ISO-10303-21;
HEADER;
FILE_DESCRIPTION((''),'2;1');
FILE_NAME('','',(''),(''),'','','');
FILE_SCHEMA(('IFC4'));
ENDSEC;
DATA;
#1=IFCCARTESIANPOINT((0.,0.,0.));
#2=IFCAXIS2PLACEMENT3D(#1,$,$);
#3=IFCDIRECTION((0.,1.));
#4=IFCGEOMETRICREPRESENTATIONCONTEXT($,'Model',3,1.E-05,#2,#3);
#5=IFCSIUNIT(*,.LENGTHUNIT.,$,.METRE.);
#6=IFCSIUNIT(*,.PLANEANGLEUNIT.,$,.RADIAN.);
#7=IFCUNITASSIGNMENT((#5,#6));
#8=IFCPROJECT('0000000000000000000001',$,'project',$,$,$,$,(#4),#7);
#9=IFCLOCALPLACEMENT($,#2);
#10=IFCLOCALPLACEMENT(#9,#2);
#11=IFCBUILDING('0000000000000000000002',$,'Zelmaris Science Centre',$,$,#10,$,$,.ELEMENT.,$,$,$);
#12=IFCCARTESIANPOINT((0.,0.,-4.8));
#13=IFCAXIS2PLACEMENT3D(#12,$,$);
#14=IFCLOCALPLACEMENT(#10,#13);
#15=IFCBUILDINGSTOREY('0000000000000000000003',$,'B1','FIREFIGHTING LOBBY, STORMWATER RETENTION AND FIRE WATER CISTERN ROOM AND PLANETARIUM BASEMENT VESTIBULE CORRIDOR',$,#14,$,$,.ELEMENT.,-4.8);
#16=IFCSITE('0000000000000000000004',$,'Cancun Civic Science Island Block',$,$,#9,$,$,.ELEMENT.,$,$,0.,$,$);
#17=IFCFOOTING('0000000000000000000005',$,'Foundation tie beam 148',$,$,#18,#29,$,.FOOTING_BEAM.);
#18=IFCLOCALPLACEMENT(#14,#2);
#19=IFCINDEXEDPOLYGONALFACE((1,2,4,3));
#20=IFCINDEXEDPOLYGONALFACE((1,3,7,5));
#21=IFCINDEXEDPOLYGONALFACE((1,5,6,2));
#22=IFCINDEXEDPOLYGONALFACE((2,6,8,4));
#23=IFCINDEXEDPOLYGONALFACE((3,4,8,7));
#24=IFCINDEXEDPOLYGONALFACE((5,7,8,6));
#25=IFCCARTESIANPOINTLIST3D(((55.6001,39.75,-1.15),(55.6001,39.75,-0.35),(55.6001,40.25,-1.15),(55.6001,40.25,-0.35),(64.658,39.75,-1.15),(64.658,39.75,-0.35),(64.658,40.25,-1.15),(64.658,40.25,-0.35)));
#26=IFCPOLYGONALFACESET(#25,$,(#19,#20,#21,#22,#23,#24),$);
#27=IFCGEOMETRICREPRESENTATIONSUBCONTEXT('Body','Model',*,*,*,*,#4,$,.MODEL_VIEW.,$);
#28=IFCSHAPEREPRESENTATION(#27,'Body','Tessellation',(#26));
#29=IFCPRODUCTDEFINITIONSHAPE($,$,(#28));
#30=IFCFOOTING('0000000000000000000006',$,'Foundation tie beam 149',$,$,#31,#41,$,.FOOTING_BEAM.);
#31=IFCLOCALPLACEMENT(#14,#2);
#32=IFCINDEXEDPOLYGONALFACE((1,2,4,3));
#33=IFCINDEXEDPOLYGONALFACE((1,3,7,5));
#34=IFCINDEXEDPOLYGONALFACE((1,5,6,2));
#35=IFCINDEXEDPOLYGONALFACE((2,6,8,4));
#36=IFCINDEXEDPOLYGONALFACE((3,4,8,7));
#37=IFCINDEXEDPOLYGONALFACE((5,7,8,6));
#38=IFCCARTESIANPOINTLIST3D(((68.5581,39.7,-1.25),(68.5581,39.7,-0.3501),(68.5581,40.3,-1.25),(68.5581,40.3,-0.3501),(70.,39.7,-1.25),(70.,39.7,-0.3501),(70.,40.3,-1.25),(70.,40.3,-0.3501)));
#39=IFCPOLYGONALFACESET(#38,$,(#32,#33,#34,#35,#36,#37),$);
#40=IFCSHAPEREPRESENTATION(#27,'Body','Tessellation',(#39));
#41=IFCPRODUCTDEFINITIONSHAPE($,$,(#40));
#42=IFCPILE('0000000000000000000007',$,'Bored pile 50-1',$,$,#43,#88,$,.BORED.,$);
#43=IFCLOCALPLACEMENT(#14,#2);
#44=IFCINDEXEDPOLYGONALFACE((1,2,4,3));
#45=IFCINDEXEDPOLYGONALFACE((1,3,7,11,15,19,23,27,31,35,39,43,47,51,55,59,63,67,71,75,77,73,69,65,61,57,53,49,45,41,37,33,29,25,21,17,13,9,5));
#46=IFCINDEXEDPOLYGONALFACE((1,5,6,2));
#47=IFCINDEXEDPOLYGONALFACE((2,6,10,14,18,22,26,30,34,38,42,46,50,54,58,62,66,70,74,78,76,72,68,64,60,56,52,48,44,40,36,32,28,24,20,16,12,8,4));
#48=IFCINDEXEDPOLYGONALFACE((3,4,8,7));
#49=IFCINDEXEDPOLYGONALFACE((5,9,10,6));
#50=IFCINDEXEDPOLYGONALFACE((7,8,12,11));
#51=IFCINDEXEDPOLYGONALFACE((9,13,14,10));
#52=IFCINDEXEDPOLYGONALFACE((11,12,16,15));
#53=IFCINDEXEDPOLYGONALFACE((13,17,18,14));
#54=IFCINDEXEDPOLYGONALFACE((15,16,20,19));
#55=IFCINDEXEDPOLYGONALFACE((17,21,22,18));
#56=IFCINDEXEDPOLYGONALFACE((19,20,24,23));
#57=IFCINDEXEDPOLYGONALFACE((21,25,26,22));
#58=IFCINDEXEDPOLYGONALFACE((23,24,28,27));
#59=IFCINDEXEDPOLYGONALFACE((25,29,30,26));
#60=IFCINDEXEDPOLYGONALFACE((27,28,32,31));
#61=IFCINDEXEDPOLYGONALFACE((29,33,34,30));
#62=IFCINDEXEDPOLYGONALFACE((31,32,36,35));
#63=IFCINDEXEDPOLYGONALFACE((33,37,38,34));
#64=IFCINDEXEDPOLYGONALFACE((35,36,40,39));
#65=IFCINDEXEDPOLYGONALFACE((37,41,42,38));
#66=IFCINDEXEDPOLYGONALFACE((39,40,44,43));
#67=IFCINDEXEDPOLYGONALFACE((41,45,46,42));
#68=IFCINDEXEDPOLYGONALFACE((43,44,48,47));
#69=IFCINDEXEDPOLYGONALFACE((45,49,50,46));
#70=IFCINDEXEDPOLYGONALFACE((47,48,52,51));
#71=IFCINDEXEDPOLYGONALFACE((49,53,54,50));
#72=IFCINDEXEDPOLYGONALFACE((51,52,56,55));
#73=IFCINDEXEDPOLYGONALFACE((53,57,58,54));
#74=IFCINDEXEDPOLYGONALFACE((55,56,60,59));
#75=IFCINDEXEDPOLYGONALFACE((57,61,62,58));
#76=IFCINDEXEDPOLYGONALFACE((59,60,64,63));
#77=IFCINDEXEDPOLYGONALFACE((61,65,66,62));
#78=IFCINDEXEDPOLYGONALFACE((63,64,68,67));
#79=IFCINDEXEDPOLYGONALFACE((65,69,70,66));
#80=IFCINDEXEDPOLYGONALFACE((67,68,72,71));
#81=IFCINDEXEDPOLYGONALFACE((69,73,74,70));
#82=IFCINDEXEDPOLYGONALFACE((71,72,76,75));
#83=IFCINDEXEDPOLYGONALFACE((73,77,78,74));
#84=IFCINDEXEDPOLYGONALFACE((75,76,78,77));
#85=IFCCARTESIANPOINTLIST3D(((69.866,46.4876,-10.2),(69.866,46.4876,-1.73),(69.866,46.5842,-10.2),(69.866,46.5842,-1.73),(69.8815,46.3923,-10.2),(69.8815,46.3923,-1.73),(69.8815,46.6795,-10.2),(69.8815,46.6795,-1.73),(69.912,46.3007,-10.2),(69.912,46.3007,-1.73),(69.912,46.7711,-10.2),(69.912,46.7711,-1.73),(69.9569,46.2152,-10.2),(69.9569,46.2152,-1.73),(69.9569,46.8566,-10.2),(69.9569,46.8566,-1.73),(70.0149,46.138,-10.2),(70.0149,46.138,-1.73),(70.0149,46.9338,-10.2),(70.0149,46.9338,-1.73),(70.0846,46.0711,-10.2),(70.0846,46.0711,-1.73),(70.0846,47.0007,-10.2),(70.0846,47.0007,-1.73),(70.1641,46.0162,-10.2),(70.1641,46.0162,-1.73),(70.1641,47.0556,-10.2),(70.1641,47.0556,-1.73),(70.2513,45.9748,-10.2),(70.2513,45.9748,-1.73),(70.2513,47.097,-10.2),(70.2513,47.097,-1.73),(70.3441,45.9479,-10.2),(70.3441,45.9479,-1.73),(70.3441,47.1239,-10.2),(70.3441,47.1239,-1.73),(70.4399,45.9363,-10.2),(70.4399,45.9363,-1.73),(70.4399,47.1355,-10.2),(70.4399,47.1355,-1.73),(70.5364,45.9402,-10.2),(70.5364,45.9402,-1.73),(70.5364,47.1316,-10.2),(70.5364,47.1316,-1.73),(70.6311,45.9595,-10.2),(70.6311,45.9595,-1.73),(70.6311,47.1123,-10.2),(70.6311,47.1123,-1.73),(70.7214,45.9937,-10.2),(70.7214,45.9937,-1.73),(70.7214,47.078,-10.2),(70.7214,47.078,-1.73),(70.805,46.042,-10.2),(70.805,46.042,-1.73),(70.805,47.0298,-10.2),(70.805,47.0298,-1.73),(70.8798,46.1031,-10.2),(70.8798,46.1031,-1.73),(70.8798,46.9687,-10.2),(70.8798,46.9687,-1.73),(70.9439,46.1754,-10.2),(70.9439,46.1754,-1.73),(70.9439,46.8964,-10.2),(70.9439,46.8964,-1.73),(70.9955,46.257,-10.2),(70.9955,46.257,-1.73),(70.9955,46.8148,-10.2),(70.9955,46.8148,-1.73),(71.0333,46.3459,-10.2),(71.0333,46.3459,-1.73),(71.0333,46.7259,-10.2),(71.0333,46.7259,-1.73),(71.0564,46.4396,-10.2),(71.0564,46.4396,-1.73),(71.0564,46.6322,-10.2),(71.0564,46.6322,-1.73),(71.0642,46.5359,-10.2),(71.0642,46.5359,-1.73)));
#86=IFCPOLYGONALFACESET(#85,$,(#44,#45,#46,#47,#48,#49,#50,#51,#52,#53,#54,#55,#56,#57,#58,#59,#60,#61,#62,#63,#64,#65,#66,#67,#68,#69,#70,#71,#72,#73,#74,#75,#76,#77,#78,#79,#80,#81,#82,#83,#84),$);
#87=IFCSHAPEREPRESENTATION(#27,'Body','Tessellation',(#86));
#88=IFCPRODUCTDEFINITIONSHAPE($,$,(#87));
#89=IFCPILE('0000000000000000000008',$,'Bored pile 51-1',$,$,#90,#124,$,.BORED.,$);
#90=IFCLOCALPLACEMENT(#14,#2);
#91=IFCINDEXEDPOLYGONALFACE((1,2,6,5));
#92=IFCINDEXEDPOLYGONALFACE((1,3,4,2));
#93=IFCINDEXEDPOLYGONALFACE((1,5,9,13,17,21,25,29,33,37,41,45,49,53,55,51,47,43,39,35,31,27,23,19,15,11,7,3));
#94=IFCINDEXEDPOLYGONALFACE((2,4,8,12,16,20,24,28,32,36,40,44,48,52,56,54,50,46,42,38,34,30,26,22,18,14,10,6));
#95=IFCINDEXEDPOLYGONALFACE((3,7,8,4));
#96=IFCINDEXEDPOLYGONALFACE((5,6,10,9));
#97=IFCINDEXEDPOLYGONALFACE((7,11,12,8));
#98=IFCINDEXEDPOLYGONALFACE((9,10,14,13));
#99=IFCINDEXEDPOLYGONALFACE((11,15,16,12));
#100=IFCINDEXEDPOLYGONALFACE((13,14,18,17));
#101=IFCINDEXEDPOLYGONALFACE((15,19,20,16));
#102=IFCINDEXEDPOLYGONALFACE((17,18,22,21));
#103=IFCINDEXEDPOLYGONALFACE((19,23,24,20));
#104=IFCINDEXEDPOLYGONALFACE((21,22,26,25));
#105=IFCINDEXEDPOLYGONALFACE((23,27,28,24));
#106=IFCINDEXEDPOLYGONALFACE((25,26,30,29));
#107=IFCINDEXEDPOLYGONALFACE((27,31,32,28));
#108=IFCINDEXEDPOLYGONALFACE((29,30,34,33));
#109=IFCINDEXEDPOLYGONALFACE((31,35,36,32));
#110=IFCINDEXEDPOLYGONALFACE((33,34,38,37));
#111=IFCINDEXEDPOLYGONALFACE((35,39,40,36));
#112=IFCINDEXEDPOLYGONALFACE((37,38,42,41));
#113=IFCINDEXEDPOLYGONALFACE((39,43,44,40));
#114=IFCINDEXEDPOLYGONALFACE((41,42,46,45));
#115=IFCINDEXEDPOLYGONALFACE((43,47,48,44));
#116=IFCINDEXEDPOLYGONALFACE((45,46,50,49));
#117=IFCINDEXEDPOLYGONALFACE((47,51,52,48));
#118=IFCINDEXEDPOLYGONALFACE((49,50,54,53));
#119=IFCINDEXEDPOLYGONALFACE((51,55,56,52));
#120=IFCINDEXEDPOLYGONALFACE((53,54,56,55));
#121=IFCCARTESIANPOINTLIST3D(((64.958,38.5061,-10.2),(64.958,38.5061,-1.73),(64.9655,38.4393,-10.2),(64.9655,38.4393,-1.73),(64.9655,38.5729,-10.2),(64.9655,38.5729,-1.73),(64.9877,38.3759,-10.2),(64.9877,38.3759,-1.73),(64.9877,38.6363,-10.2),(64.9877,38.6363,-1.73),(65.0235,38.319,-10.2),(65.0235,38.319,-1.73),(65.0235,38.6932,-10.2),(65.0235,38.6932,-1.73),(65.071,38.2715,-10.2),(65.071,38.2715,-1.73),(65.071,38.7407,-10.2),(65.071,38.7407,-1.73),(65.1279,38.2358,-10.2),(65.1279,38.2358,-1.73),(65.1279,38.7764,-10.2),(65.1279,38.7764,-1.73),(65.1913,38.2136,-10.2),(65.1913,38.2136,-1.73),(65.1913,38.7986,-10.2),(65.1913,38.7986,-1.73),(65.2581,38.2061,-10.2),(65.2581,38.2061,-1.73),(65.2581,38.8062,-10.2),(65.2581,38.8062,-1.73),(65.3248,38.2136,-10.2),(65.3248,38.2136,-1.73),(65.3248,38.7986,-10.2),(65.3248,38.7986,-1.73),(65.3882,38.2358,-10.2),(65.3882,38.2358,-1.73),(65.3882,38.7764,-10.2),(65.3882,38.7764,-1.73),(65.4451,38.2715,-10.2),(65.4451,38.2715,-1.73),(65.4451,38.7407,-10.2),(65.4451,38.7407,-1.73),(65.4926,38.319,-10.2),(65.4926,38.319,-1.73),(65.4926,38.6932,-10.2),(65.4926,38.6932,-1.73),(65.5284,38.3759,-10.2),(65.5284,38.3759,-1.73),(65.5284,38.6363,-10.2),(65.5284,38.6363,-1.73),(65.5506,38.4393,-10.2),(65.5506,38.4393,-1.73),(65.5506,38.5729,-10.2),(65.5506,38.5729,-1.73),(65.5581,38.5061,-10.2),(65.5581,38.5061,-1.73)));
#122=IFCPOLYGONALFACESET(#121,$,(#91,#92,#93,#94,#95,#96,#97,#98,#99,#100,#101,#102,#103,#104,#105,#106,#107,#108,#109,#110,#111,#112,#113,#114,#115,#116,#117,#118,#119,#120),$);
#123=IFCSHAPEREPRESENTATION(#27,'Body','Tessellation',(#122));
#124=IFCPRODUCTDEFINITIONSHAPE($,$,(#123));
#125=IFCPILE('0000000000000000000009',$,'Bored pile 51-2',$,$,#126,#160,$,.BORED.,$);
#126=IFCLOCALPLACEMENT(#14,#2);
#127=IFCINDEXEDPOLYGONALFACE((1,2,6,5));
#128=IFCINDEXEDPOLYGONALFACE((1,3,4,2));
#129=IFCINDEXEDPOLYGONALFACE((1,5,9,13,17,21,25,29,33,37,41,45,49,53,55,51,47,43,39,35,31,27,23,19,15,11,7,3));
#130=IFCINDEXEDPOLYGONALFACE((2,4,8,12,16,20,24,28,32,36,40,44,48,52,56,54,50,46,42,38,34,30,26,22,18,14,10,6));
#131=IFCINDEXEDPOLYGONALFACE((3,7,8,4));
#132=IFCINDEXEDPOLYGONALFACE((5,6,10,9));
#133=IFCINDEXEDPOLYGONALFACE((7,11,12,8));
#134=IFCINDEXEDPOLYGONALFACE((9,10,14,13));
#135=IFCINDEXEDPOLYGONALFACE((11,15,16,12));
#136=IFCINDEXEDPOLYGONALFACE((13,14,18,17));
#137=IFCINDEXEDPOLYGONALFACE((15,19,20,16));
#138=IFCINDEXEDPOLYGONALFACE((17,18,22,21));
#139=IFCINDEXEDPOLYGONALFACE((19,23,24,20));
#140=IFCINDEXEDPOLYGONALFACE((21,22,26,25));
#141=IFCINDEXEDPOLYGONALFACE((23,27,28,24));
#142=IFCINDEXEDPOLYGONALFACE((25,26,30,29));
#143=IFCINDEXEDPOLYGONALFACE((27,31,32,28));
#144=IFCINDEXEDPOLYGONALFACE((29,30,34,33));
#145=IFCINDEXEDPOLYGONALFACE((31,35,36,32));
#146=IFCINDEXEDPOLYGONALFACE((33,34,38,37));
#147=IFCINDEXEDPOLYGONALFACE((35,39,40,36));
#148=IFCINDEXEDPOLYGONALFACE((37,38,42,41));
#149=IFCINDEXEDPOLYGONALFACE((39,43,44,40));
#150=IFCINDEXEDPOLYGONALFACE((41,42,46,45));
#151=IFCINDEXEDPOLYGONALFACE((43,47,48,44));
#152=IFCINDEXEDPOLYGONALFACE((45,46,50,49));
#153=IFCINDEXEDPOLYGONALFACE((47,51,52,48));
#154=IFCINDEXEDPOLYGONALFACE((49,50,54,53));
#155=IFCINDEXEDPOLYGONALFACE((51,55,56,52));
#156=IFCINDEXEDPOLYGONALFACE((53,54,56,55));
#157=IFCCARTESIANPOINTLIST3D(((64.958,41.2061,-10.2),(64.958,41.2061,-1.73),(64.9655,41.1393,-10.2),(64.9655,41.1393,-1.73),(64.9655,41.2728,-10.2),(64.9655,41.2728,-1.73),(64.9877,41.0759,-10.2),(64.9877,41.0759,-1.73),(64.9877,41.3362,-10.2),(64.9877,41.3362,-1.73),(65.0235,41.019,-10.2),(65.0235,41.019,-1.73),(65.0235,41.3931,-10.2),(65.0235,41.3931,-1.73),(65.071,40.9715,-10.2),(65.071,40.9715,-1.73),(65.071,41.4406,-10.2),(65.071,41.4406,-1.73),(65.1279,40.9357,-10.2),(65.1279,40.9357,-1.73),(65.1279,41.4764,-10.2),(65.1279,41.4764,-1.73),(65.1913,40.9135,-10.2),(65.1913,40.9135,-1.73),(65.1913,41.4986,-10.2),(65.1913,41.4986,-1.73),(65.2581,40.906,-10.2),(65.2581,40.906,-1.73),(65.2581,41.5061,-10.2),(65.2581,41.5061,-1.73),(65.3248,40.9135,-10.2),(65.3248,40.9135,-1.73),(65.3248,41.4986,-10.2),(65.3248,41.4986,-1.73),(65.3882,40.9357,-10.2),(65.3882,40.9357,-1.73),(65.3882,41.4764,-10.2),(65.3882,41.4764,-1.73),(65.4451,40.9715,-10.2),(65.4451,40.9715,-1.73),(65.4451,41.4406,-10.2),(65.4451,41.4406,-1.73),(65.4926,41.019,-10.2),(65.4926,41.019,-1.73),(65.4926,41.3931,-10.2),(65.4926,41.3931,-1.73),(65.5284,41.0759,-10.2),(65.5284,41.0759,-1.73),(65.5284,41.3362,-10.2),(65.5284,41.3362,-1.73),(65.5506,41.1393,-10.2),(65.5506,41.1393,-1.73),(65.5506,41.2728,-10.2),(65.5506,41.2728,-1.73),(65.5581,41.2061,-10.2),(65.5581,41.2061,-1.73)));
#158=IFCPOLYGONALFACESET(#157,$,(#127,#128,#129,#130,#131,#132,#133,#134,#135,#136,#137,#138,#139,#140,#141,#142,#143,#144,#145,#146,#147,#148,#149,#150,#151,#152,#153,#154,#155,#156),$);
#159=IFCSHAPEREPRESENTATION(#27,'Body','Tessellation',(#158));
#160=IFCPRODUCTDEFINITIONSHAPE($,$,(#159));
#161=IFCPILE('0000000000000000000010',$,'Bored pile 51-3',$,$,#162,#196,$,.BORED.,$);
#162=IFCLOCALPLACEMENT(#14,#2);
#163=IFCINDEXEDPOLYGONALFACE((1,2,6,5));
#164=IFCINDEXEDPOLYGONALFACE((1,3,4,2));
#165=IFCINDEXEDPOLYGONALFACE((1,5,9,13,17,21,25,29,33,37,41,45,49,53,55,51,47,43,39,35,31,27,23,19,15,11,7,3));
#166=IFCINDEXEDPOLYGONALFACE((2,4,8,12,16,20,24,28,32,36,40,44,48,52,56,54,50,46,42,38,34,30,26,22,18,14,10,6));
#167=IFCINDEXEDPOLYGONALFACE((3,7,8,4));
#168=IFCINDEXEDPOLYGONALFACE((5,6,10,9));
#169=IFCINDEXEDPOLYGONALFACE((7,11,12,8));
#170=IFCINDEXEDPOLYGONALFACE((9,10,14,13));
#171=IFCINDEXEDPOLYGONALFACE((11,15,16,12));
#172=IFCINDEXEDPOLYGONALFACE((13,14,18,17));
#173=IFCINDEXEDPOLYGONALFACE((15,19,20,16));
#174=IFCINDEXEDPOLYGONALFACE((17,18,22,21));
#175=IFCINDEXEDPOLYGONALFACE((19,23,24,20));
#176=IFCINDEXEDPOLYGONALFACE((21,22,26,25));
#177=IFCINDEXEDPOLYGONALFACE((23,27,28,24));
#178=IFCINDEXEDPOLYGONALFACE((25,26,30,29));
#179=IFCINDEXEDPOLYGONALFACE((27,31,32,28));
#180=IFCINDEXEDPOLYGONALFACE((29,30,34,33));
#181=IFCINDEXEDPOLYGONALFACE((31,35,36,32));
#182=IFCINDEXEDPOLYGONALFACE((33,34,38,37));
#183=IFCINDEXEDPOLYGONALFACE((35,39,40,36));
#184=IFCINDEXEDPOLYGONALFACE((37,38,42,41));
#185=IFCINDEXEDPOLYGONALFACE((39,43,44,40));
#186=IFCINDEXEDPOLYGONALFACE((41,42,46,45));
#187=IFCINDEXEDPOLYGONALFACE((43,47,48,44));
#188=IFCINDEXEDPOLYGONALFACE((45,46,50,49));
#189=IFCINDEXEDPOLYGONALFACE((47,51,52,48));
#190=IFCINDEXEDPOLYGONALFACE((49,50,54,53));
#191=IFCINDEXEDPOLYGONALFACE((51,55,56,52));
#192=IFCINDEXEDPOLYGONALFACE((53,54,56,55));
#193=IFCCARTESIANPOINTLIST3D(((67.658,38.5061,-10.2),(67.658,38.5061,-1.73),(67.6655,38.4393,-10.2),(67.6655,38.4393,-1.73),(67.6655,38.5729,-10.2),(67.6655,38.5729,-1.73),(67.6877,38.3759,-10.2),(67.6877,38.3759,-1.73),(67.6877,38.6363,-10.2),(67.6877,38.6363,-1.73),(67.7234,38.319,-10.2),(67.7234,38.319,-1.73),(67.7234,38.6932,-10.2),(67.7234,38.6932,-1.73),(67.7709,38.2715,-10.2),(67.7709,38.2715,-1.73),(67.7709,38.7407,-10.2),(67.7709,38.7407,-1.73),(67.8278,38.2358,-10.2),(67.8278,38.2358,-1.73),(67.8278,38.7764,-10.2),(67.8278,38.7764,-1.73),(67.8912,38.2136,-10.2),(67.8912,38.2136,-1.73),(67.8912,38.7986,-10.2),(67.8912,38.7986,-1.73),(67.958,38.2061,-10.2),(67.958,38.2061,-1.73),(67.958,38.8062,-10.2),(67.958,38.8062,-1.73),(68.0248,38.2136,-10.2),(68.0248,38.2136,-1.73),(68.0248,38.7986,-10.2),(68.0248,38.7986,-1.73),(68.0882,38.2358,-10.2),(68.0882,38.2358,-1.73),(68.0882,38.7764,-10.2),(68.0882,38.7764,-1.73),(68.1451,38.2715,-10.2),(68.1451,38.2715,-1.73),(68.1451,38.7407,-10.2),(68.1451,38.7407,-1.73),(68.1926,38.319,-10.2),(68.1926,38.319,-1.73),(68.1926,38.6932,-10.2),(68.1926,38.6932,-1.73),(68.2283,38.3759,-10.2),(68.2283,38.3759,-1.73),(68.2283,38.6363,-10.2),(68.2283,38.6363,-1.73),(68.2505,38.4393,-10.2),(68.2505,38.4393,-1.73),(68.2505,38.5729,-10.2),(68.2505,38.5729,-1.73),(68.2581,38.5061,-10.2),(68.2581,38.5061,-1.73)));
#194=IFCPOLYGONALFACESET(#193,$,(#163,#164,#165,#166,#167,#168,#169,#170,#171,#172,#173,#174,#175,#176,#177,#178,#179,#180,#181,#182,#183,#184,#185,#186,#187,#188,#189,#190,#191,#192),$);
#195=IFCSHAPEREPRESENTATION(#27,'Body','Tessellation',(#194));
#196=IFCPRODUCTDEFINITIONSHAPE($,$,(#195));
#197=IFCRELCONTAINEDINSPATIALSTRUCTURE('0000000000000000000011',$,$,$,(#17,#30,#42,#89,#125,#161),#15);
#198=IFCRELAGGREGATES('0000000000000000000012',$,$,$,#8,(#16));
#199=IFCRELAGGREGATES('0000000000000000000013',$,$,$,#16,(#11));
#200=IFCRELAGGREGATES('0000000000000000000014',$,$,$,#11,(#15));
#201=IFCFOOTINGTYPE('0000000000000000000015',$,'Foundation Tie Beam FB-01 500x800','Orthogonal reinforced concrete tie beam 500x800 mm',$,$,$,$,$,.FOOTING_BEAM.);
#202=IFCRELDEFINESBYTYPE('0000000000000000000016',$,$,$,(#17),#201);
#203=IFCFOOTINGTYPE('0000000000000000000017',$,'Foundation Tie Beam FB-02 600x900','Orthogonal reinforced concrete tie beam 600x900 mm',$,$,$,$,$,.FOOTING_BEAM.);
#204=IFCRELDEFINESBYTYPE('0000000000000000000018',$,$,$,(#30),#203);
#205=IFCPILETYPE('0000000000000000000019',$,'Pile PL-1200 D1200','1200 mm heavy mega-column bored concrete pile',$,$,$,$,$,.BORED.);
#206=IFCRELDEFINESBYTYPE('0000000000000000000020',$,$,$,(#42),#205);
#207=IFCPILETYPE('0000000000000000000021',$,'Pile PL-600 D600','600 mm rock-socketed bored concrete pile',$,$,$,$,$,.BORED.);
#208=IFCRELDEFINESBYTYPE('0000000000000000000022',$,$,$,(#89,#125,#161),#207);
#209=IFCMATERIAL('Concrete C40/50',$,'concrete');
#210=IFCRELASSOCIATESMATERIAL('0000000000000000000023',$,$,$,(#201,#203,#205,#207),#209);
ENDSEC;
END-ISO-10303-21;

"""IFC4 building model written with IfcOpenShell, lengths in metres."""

from ifc_helpers import new_model, si_unit, direction, frame, origin, origin_2d, place, context, subcontext, project, spatial, rectangle, circle, extrude, material, material_profile, profile_set, type_object, element, save


model = new_model("IFC4")

# Units and contexts
model_context = context("Model", 3, precision=1e-05, world=origin(), true_north=direction((0.0, 1.0)))
body_context = subcontext(model_context, "Body", "Model", "MODEL_VIEW")
ifc_project = project(units=[si_unit("LENGTHUNIT", "METRE"), si_unit("PLANEANGLEUNIT", "RADIAN")], contexts=[model_context])

# Site, building, storey
site_placement = place(None, origin())
site = spatial("IfcSite", under=ifc_project, at=site_placement, Name="Cancun Civic Science Island Block", CompositionType="ELEMENT", RefElevation=0.0)
building_placement = place(site_placement, origin())
building = spatial("IfcBuilding", under=site, at=building_placement, Name="Zelmaris Science Centre", CompositionType="ELEMENT")
storey_placement = place(building_placement, frame((0.0, 0.0, -4.8)))
storey = spatial("IfcBuildingStorey", under=building, at=storey_placement, Name="B1", Description="FIREFIGHTING LOBBY, STORMWATER RETENTION AND FIRE WATER CISTERN ROOM AND PLANETARIUM BASEMENT VESTIBULE CORRIDOR", CompositionType="ELEMENT", Elevation=-4.8)

# Footings
ifc_material_1 = material(Name="Concrete C40/50", Category="concrete")
ifc_material_profile_1 = material_profile(ifc_material_1, rectangle(XDim=0.5, YDim=0.8, at=origin_2d()), Name="FB-500X800")
ifc_profile_set_1 = profile_set([ifc_material_profile_1], Name="Concrete C40/50")
footing_type_1 = type_object("IfcFootingType", Name="Foundation Tie Beam FB-01 500x800", Description="Orthogonal reinforced concrete tie beam 500x800 mm", PredefinedType="FOOTING_BEAM", material=ifc_profile_set_1)
footing_1_placement = place(storey_placement, frame((55.6001, 40.0, -0.75), z_axis=(1.0, 0.0, 0.0), x_axis=(0.0, 1.0, 0.0)))
element("IfcFooting", 1, at=footing_1_placement, inside=storey, type_object=footing_type_1, Name="Foundation tie beam 148", PredefinedType="FOOTING_BEAM", context=body_context, shape_type="SweptSolid", body=[
    extrude(rectangle(XDim=0.5, YDim=0.8, at=origin_2d()), origin(), (0.0, 0.0, 1.0), 9.0579),
])
ifc_material_profile_2 = material_profile(ifc_material_1, rectangle(XDim=0.6001, YDim=0.8999, at=origin_2d()), Name="FB-600X900")
ifc_profile_set_2 = profile_set([ifc_material_profile_2], Name="Concrete C40/50")
footing_type_2 = type_object("IfcFootingType", Name="Foundation Tie Beam FB-02 600x900", Description="Orthogonal reinforced concrete tie beam 600x900 mm", PredefinedType="FOOTING_BEAM", material=ifc_profile_set_2)
footing_2_placement = place(storey_placement, frame((68.5581, 40.0, -0.8), z_axis=(1.0, 0.0, 0.0), x_axis=(0.0, 1.0, 0.0)))
element("IfcFooting", 2, at=footing_2_placement, inside=storey, type_object=footing_type_2, Name="Foundation tie beam 149", PredefinedType="FOOTING_BEAM", context=body_context, shape_type="SweptSolid", body=[
    extrude(rectangle(XDim=0.6001, YDim=0.8999, at=origin_2d()), origin(), (0.0, 0.0, 1.0), 1.4419),
])

# Piles
ifc_material_profile_3 = material_profile(ifc_material_1, circle(Radius=0.6001, at=origin_2d()), Name="PILE-1200")
ifc_profile_set_3 = profile_set([ifc_material_profile_3], Name="Concrete C40/50")
pile_type_1 = type_object("IfcPileType", Name="Pile PL-1200 D1200", Description="1200 mm heavy mega-column bored concrete pile", PredefinedType="BORED", material=ifc_profile_set_3)
pile_1_placement = place(storey_placement, frame((70.4641, 46.5359, -1.73), z_axis=(0.0, 0.0, -1.0), x_axis=(1.0, 0.0, 0.0)))
element("IfcPile", 3, at=pile_1_placement, inside=storey, type_object=pile_type_1, Name="Bored pile 50-1", PredefinedType="BORED", context=body_context, shape_type="SweptSolid", body=[
    extrude(circle(Radius=0.6001, at=origin_2d()), origin(), (0.0, 0.0, 1.0), 8.47),
])
ifc_material_profile_4 = material_profile(ifc_material_1, circle(Radius=0.3, at=origin_2d()), Name="PILE-600")
ifc_profile_set_4 = profile_set([ifc_material_profile_4], Name="Concrete C40/50")
pile_type_2 = type_object("IfcPileType", Name="Pile PL-600 D600", Description="600 mm rock-socketed bored concrete pile", PredefinedType="BORED", material=ifc_profile_set_4)
for number, where, z_axis, x_axis, name in (
    (4, (65.2581, 38.5061, -1.73), (0.0, 0.0, -1.0), (1.0, 0.0, 0.0), "Bored pile 51-1"),
    (5, (65.2581, 41.2061, -1.73), (0.0, 0.0, -1.0), (1.0, 0.0, 0.0), "Bored pile 51-2"),
    (6, (67.958, 38.5061, -1.73), (0.0, 0.0, -1.0), (1.0, 0.0, 0.0), "Bored pile 51-3"),
):
    element("IfcPile", number, at=place(storey_placement, frame(where, z_axis=z_axis, x_axis=x_axis)), inside=storey, type_object=pile_type_2, Name=name, PredefinedType="BORED", context=body_context, shape_type="SweptSolid", body=[
        extrude(circle(Radius=0.3, at=origin_2d()), origin(), (0.0, 0.0, 1.0), 8.47),
    ])

save(model, "model.ifc")
